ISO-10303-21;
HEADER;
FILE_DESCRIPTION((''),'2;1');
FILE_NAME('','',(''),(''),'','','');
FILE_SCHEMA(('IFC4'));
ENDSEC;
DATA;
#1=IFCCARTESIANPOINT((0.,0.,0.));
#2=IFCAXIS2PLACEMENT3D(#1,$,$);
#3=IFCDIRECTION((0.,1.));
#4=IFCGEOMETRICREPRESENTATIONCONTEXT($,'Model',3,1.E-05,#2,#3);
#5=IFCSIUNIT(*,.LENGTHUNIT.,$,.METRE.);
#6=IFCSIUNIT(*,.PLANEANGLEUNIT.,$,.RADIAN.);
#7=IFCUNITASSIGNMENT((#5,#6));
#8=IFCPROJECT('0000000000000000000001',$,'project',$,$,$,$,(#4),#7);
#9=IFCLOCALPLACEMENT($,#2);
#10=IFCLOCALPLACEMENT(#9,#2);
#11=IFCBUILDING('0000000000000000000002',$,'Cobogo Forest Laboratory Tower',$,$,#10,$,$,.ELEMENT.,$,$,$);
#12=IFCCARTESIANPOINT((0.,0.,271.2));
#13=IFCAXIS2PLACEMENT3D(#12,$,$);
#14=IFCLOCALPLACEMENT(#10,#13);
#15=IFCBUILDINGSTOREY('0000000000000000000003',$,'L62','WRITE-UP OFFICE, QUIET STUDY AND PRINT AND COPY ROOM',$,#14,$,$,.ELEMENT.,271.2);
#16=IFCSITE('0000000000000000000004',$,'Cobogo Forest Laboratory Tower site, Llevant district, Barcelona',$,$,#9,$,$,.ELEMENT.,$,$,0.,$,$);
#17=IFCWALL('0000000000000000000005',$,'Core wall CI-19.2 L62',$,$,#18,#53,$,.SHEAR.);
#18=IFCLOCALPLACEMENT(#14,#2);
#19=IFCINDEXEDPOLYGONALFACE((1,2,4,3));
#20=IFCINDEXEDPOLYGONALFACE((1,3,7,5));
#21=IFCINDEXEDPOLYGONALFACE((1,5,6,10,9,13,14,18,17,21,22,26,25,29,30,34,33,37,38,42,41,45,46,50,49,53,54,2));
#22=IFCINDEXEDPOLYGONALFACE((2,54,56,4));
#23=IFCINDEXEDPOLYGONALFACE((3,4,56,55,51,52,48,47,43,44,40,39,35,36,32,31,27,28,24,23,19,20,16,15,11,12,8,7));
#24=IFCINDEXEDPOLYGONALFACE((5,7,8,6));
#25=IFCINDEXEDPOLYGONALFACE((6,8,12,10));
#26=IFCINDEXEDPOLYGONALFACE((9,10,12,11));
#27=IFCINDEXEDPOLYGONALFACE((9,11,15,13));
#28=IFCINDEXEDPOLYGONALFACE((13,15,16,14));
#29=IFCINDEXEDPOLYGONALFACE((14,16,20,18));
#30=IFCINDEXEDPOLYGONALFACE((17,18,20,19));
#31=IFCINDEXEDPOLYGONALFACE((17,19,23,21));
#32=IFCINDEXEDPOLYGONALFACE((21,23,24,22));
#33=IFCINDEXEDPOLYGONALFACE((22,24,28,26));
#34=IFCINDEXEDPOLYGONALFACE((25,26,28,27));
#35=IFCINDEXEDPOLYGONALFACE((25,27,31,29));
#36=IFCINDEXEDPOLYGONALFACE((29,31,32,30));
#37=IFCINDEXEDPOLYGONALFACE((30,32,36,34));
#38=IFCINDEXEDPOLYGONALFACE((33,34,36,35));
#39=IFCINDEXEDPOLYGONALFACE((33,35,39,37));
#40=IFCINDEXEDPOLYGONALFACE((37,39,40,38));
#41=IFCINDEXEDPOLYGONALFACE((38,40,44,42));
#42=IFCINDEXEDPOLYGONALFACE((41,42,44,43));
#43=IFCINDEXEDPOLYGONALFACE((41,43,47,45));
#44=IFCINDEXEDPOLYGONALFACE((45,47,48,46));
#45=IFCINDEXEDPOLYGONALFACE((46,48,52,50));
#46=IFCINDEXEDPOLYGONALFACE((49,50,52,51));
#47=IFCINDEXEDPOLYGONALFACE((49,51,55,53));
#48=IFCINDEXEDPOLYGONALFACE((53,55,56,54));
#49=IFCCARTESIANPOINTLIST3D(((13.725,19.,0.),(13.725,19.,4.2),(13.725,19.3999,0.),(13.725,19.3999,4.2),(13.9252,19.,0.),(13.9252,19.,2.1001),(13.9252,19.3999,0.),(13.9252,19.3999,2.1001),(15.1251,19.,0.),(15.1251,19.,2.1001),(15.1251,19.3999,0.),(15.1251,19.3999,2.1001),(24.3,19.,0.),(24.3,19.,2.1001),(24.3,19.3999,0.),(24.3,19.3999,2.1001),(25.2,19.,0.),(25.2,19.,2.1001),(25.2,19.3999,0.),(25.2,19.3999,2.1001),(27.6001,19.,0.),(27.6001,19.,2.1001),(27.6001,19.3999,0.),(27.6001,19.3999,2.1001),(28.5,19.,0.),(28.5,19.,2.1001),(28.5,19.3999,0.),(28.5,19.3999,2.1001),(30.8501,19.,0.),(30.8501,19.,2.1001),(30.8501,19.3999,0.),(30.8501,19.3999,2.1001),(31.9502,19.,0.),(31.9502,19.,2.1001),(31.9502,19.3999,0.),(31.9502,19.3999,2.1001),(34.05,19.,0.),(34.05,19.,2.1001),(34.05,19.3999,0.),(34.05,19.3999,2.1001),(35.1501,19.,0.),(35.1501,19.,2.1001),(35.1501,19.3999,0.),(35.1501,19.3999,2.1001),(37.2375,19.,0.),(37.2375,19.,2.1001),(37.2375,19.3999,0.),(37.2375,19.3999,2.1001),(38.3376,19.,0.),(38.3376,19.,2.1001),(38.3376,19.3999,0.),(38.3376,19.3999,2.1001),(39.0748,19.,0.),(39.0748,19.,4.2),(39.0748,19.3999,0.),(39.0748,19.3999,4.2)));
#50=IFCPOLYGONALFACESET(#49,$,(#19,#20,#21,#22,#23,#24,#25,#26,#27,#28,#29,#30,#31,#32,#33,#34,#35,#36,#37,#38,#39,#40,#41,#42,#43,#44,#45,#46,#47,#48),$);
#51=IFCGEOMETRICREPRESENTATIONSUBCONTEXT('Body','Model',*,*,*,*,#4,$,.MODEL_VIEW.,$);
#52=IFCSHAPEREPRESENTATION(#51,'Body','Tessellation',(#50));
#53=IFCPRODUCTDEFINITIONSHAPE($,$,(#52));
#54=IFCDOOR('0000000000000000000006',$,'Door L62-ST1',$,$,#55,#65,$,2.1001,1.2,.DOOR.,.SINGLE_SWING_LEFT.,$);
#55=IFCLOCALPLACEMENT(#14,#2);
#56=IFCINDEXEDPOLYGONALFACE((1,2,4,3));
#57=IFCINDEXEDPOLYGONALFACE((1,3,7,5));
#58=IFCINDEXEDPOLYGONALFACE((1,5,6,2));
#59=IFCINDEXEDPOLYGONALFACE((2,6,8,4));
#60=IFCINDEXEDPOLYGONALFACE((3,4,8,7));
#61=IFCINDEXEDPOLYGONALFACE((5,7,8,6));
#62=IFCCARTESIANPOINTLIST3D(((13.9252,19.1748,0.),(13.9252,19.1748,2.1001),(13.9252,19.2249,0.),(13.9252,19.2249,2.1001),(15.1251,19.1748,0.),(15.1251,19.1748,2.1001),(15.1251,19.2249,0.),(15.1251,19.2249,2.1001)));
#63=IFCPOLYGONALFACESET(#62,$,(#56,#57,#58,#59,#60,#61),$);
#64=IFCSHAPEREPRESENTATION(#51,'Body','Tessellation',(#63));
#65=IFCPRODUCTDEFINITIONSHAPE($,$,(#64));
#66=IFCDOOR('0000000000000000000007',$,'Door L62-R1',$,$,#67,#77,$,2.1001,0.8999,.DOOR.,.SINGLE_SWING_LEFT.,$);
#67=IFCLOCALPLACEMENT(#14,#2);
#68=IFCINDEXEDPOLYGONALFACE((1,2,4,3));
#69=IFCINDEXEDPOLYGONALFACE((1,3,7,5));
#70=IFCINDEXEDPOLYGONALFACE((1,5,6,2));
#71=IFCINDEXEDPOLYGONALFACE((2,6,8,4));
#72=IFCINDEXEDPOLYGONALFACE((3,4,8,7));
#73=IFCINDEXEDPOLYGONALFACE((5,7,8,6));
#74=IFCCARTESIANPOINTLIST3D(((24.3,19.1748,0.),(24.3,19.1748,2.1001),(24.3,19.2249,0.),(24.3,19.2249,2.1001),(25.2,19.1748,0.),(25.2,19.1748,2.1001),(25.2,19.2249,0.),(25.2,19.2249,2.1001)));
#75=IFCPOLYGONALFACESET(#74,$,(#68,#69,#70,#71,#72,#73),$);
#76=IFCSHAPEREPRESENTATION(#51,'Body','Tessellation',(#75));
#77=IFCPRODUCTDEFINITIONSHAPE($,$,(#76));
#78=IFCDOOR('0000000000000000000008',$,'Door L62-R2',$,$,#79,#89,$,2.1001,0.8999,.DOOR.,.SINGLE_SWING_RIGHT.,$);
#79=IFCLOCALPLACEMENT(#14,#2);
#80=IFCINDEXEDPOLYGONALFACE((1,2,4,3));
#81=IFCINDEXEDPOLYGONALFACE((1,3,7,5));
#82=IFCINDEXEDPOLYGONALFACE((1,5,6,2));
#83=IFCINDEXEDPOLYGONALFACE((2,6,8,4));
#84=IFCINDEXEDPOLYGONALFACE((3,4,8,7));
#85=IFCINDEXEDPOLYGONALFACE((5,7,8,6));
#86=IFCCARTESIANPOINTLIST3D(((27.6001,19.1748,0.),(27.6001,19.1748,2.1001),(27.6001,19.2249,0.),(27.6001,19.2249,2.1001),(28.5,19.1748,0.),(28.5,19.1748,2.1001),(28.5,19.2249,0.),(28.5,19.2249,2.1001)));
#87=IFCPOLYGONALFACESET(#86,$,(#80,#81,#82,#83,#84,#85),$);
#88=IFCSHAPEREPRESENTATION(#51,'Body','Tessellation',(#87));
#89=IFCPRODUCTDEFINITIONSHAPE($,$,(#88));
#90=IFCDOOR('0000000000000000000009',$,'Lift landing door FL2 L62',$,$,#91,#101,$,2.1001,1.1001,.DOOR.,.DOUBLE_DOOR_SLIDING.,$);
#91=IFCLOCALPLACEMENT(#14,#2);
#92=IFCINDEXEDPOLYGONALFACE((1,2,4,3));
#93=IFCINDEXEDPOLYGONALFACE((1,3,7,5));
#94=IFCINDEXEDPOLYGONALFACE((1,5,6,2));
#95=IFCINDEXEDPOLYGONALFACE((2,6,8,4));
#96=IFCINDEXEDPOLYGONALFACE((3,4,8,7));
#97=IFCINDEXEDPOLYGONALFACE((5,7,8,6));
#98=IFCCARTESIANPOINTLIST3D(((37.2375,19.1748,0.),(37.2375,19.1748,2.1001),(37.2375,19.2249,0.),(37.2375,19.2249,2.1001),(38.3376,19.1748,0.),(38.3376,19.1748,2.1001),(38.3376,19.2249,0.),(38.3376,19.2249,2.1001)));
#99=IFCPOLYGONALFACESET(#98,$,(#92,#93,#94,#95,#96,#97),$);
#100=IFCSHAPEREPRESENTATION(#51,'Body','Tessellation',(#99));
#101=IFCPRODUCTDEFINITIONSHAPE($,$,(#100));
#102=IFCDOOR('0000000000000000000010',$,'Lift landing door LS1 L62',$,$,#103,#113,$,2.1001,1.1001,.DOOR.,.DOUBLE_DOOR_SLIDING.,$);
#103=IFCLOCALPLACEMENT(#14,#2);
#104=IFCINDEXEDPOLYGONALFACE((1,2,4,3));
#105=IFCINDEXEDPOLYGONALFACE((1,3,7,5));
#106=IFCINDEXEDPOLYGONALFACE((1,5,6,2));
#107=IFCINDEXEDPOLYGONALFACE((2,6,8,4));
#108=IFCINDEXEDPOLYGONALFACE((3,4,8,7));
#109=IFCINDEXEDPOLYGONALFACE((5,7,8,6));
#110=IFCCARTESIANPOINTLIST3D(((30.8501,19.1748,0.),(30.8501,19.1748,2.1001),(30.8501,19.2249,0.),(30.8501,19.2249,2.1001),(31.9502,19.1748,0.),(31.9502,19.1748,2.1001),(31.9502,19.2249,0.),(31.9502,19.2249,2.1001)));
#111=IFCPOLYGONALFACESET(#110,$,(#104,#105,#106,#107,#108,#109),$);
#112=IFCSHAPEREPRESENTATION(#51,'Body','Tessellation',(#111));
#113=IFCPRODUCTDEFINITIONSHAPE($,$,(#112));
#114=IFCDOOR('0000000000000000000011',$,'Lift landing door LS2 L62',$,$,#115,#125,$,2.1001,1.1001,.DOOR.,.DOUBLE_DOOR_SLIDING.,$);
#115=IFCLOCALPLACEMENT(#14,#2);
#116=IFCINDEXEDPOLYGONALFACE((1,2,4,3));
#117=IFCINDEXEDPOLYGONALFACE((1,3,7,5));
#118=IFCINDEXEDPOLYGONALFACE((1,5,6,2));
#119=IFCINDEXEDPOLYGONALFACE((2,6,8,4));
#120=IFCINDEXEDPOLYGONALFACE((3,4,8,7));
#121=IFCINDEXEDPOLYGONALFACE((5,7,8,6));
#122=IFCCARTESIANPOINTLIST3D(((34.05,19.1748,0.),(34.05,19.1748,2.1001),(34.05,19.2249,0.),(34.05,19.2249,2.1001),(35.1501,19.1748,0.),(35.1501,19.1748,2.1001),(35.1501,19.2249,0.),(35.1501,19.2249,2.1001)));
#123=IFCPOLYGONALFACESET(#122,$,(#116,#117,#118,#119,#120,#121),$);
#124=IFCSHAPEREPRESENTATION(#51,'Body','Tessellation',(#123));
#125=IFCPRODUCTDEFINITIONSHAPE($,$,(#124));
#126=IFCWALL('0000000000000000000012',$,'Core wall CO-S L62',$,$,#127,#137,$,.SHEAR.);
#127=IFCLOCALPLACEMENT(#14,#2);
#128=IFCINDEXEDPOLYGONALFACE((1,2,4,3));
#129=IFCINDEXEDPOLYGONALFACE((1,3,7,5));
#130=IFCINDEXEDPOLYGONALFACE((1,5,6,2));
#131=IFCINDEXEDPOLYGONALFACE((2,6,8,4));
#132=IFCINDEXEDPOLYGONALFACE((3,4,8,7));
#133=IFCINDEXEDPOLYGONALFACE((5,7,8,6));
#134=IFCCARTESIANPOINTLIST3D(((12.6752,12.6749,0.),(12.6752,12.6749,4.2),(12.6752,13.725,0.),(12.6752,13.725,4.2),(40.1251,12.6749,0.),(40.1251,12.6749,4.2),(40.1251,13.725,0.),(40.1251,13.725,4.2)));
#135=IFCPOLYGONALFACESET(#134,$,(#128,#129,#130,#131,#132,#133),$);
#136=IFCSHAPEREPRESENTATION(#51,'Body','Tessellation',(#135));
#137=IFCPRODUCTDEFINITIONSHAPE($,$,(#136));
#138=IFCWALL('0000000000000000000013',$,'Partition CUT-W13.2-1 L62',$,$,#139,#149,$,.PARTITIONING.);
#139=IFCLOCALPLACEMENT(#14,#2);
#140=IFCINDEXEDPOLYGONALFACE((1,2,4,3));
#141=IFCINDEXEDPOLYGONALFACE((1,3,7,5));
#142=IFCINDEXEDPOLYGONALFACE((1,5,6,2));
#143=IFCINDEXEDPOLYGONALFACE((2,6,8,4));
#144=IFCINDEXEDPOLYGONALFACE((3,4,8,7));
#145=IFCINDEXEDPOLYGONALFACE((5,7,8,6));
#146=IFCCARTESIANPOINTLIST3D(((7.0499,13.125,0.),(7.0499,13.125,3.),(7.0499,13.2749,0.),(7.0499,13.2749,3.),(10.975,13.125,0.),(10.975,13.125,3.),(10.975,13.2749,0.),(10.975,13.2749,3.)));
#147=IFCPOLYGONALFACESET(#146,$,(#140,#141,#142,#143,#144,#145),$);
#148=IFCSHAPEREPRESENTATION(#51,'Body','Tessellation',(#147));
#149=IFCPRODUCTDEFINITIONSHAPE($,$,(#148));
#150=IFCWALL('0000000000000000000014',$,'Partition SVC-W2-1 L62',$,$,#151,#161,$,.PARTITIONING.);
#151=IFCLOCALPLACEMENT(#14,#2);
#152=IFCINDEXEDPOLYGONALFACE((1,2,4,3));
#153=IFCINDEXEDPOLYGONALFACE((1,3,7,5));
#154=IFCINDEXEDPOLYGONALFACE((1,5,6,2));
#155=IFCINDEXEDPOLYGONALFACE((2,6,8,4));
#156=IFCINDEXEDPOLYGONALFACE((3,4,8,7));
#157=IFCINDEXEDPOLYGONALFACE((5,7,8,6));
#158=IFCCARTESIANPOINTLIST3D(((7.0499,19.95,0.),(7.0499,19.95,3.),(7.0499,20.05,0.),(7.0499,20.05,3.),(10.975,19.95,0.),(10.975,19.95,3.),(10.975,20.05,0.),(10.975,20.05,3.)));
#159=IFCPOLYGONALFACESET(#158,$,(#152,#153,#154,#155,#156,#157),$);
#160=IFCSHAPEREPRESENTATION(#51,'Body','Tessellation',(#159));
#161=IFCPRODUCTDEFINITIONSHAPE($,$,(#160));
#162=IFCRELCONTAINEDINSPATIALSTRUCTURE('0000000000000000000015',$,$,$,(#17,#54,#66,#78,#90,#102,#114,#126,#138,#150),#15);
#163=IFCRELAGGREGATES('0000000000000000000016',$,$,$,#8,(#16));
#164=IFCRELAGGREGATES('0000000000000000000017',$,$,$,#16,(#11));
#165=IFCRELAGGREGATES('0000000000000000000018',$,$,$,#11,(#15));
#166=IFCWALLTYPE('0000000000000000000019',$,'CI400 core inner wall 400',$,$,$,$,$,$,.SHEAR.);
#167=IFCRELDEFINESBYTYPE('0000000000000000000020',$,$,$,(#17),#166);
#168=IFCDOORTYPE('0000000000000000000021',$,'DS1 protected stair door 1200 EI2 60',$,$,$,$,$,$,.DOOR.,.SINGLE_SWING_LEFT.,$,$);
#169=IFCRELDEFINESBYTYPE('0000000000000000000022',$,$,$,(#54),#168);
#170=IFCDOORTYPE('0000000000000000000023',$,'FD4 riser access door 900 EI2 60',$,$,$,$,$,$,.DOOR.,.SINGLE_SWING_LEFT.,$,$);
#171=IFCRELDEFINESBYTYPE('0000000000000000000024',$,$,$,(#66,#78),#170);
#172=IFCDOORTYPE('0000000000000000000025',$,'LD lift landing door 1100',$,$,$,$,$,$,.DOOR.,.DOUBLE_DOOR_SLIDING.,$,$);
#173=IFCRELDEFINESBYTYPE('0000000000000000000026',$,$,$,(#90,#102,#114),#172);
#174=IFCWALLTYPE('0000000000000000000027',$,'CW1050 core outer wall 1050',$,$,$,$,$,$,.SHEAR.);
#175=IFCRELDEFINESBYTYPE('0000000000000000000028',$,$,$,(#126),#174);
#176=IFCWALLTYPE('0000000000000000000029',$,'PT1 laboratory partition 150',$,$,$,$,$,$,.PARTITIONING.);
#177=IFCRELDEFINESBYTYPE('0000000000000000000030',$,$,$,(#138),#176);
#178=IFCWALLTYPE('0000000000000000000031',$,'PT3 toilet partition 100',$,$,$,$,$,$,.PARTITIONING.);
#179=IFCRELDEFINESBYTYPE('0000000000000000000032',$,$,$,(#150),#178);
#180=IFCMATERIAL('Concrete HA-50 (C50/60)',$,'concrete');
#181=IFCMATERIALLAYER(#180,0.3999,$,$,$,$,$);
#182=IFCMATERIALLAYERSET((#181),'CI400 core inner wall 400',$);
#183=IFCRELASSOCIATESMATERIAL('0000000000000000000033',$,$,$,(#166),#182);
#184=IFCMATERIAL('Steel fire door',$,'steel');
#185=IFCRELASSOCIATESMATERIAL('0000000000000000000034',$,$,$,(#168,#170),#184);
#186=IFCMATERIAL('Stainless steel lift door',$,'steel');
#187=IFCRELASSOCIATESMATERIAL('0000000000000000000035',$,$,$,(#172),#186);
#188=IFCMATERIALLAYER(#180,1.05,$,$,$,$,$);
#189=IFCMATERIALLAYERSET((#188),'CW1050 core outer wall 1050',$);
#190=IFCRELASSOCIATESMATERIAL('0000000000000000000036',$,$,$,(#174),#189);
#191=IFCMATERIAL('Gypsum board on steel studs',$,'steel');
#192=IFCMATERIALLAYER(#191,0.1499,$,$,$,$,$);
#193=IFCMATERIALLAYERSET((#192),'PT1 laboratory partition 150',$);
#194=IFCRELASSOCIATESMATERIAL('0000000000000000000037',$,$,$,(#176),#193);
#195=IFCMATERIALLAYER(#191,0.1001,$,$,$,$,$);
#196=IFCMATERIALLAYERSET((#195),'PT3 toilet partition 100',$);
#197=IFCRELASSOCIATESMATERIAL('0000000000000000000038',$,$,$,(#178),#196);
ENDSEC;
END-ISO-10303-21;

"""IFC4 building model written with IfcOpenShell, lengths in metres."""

from ifc_helpers import new_model, si_unit, direction, frame, frame_2d, origin, place, context, subcontext, project, spatial, rectangle, extrude, material, layer, layer_set, type_object, element, fill, save


model = new_model("IFC4")

# Units and contexts
model_context = context("Model", 3, precision=1e-05, world=origin(), true_north=direction((0.0, 1.0)))
body_context = subcontext(model_context, "Body", "Model", "MODEL_VIEW")
ifc_project = project(units=[si_unit("LENGTHUNIT", "METRE"), si_unit("PLANEANGLEUNIT", "RADIAN")], contexts=[model_context])

# Site, building, storey
site_placement = place(None, origin())
site = spatial("IfcSite", under=ifc_project, at=site_placement, Name="Cobogo Forest Laboratory Tower site, Llevant district, Barcelona", CompositionType="ELEMENT", RefElevation=0.0)
building_placement = place(site_placement, origin())
building = spatial("IfcBuilding", under=site, at=building_placement, Name="Cobogo Forest Laboratory Tower", CompositionType="ELEMENT")
storey_placement = place(building_placement, frame((0.0, 0.0, 271.2)))
storey = spatial("IfcBuildingStorey", under=building, at=storey_placement, Name="L62", Description="WRITE-UP OFFICE, QUIET STUDY AND PRINT AND COPY ROOM", CompositionType="ELEMENT", Elevation=271.2)

# Wall, openings, doors
ifc_material_1 = material(Name="Concrete HA-50 (C50/60)", Category="concrete")
ifc_layer_1 = layer(ifc_material_1, 0.3999)
ifc_layer_set_1 = layer_set([ifc_layer_1], Name="CI400 core inner wall 400")
wall_type_1 = type_object("IfcWallType", Name="CI400 core inner wall 400", PredefinedType="SHEAR", material=ifc_layer_set_1)
ifc_material_2 = material(Name="Steel fire door", Category="steel")
wall_1_placement = place(storey_placement, frame((13.7251, 19.2, 0.0), z_axis=(0.0, 0.0, 1.0), x_axis=(1.0, 0.0, 0.0)))
wall_1 = element("IfcWall", 1, at=wall_1_placement, inside=storey, type_object=wall_type_1, Name="Core wall CI-19.2 L62", PredefinedType="SHEAR", context=body_context, shape_type="SweptSolid", body=[
    extrude(rectangle(XDim=25.3499, YDim=0.3999, at=frame_2d((12.6748, 0.0))), origin(), (0.0, 0.0, 1.0), 4.2),
])
opening_1_placement = place(wall_1_placement, frame((10.575, 0.0, 0.0)))
opening_1 = element("IfcOpeningElement", 2, at=opening_1_placement, cuts=wall_1, PredefinedType="OPENING", context=body_context, shape_type="SweptSolid", body=[
    extrude(rectangle(XDim=0.8999, YDim=2.1001, at=frame_2d((0.45, 1.05))), frame((0.0, 0.21, 0.0), z_axis=(0.0, -1.0, 0.0), x_axis=(1.0, 0.0, 0.0)), (0.0, 0.0, 1.0), 0.4199),
])
opening_2_placement = place(wall_1_placement, frame((13.875, 0.0, 0.0)))
opening_2 = element("IfcOpeningElement", 3, at=opening_2_placement, cuts=wall_1, PredefinedType="OPENING", context=body_context, shape_type="SweptSolid", body=[
    extrude(rectangle(XDim=0.8999, YDim=2.1001, at=frame_2d((0.45, 1.05))), frame((0.0, 0.21, 0.0), z_axis=(0.0, -1.0, 0.0), x_axis=(1.0, 0.0, 0.0)), (0.0, 0.0, 1.0), 0.4199),
])
opening_3_placement = place(wall_1_placement, frame((0.2, 0.0, 0.0)))
opening_3 = element("IfcOpeningElement", 4, at=opening_3_placement, cuts=wall_1, PredefinedType="OPENING", context=body_context, shape_type="SweptSolid", body=[
    extrude(rectangle(XDim=1.2, YDim=2.1001, at=frame_2d((0.6001, 1.05))), frame((0.0, 0.21, 0.0), z_axis=(0.0, -1.0, 0.0), x_axis=(1.0, 0.0, 0.0)), (0.0, 0.0, 1.0), 0.4199),
])
opening_4_placement = place(wall_1_placement, frame((23.5125, 0.0, 0.0)))
opening_4 = element("IfcOpeningElement", 5, at=opening_4_placement, cuts=wall_1, PredefinedType="OPENING", context=body_context, shape_type="SweptSolid", body=[
    extrude(rectangle(XDim=1.1001, YDim=2.1001, at=frame_2d((0.55, 1.05))), frame((0.0, 0.21, 0.0), z_axis=(0.0, -1.0, 0.0), x_axis=(1.0, 0.0, 0.0)), (0.0, 0.0, 1.0), 0.4199),
])
opening_5_placement = place(wall_1_placement, frame((17.125, 0.0, 0.0)))
opening_5 = element("IfcOpeningElement", 6, at=opening_5_placement, cuts=wall_1, PredefinedType="OPENING", context=body_context, shape_type="SweptSolid", body=[
    extrude(rectangle(XDim=1.1001, YDim=2.1001, at=frame_2d((0.55, 1.05))), frame((0.0, 0.21, 0.0), z_axis=(0.0, -1.0, 0.0), x_axis=(1.0, 0.0, 0.0)), (0.0, 0.0, 1.0), 0.4199),
])
opening_6_placement = place(wall_1_placement, frame((20.325, 0.0, 0.0)))
opening_6 = element("IfcOpeningElement", 7, at=opening_6_placement, cuts=wall_1, PredefinedType="OPENING", context=body_context, shape_type="SweptSolid", body=[
    extrude(rectangle(XDim=1.1001, YDim=2.1001, at=frame_2d((0.55, 1.05))), frame((0.0, 0.21, 0.0), z_axis=(0.0, -1.0, 0.0), x_axis=(1.0, 0.0, 0.0)), (0.0, 0.0, 1.0), 0.4199),
])
door_type_1 = type_object("IfcDoorType", Name="DS1 protected stair door 1200 EI2 60", OperationType="SINGLE_SWING_LEFT", PredefinedType="DOOR", material=ifc_material_2)
door_1_placement = place(opening_3_placement, origin())
door_1 = element("IfcDoor", 8, at=door_1_placement, inside=storey, type_object=door_type_1, Name="Door L62-ST1", OperationType="SINGLE_SWING_LEFT", OverallHeight=2.1001, OverallWidth=1.2, PredefinedType="DOOR", context=body_context, shape_type="SweptSolid", body=[
    extrude(rectangle(XDim=1.2, YDim=2.1001, at=frame_2d((0.6001, 1.05))), frame((0.0, 0.0249, 0.0), z_axis=(0.0, -1.0, 0.0), x_axis=(1.0, 0.0, 0.0)), (0.0, 0.0, 1.0), 0.05),
])
fill(opening_3, door_1)
door_type_2 = type_object("IfcDoorType", Name="FD4 riser access door 900 EI2 60", OperationType="SINGLE_SWING_LEFT", PredefinedType="DOOR", material=ifc_material_2)
door_2_placement = place(opening_1_placement, origin())
door_2 = element("IfcDoor", 9, at=door_2_placement, inside=storey, type_object=door_type_2, Name="Door L62-R1", OperationType="SINGLE_SWING_LEFT", OverallHeight=2.1001, OverallWidth=0.8999, PredefinedType="DOOR", context=body_context, shape_type="SweptSolid", body=[
    extrude(rectangle(XDim=0.8999, YDim=2.1001, at=frame_2d((0.45, 1.05))), frame((0.0, 0.0249, 0.0), z_axis=(0.0, -1.0, 0.0), x_axis=(1.0, 0.0, 0.0)), (0.0, 0.0, 1.0), 0.05),
])
fill(opening_1, door_2)
door_3_placement = place(opening_2_placement, origin())
door_3 = element("IfcDoor", 10, at=door_3_placement, inside=storey, type_object=door_type_2, Name="Door L62-R2", OperationType="SINGLE_SWING_RIGHT", OverallHeight=2.1001, OverallWidth=0.8999, PredefinedType="DOOR", context=body_context, shape_type="SweptSolid", body=[
    extrude(rectangle(XDim=0.8999, YDim=2.1001, at=frame_2d((0.45, 1.05))), frame((0.0, 0.0249, 0.0), z_axis=(0.0, -1.0, 0.0), x_axis=(1.0, 0.0, 0.0)), (0.0, 0.0, 1.0), 0.05),
])
fill(opening_2, door_3)
ifc_material_3 = material(Name="Stainless steel lift door", Category="steel")
door_type_3 = type_object("IfcDoorType", Name="LD lift landing door 1100", OperationType="DOUBLE_DOOR_SLIDING", PredefinedType="DOOR", material=ifc_material_3)
door_4_placement = place(opening_4_placement, origin())
door_4 = element("IfcDoor", 11, at=door_4_placement, inside=storey, type_object=door_type_3, Name="Lift landing door FL2 L62", OperationType="DOUBLE_DOOR_SLIDING", OverallHeight=2.1001, OverallWidth=1.1001, PredefinedType="DOOR", context=body_context, shape_type="SweptSolid", body=[
    extrude(rectangle(XDim=1.1001, YDim=2.1001, at=frame_2d((0.55, 1.05))), frame((0.0, 0.0249, 0.0), z_axis=(0.0, -1.0, 0.0), x_axis=(1.0, 0.0, 0.0)), (0.0, 0.0, 1.0), 0.05),
])
fill(opening_4, door_4)
door_5_placement = place(opening_5_placement, origin())
door_5 = element("IfcDoor", 12, at=door_5_placement, inside=storey, type_object=door_type_3, Name="Lift landing door LS1 L62", OperationType="DOUBLE_DOOR_SLIDING", OverallHeight=2.1001, OverallWidth=1.1001, PredefinedType="DOOR", context=body_context, shape_type="SweptSolid", body=[
    extrude(rectangle(XDim=1.1001, YDim=2.1001, at=frame_2d((0.55, 1.05))), frame((0.0, 0.0249, 0.0), z_axis=(0.0, -1.0, 0.0), x_axis=(1.0, 0.0, 0.0)), (0.0, 0.0, 1.0), 0.05),
])
fill(opening_5, door_5)
door_6_placement = place(opening_6_placement, origin())
door_6 = element("IfcDoor", 13, at=door_6_placement, inside=storey, type_object=door_type_3, Name="Lift landing door LS2 L62", OperationType="DOUBLE_DOOR_SLIDING", OverallHeight=2.1001, OverallWidth=1.1001, PredefinedType="DOOR", context=body_context, shape_type="SweptSolid", body=[
    extrude(rectangle(XDim=1.1001, YDim=2.1001, at=frame_2d((0.55, 1.05))), frame((0.0, 0.0249, 0.0), z_axis=(0.0, -1.0, 0.0), x_axis=(1.0, 0.0, 0.0)), (0.0, 0.0, 1.0), 0.05),
])
fill(opening_6, door_6)

# Walls
ifc_layer_2 = layer(ifc_material_1, 1.05)
ifc_layer_set_2 = layer_set([ifc_layer_2], Name="CW1050 core outer wall 1050")
wall_type_2 = type_object("IfcWallType", Name="CW1050 core outer wall 1050", PredefinedType="SHEAR", material=ifc_layer_set_2)
wall_2_placement = place(storey_placement, frame((12.675, 13.2, 0.0), z_axis=(0.0, 0.0, 1.0), x_axis=(1.0, 0.0, 0.0)))
element("IfcWall", 14, at=wall_2_placement, inside=storey, type_object=wall_type_2, Name="Core wall CO-S L62", PredefinedType="SHEAR", context=body_context, shape_type="SweptSolid", body=[
    extrude(rectangle(XDim=27.45, YDim=1.05, at=frame_2d((13.7251, 0.0))), origin(), (0.0, 0.0, 1.0), 4.2),
])
ifc_material_4 = material(Name="Gypsum board on steel studs", Category="steel")
ifc_layer_3 = layer(ifc_material_4, 0.1499)
ifc_layer_set_3 = layer_set([ifc_layer_3], Name="PT1 laboratory partition 150")
wall_type_3 = type_object("IfcWallType", Name="PT1 laboratory partition 150", PredefinedType="PARTITIONING", material=ifc_layer_set_3)
wall_3_placement = place(storey_placement, frame((7.05, 13.2, 0.0), z_axis=(0.0, 0.0, 1.0), x_axis=(1.0, 0.0, 0.0)))
element("IfcWall", 15, at=wall_3_placement, inside=storey, type_object=wall_type_3, Name="Partition CUT-W13.2-1 L62", PredefinedType="PARTITIONING", context=body_context, shape_type="SweptSolid", body=[
    extrude(rectangle(XDim=3.925, YDim=0.1499, at=frame_2d((1.9624, 0.0))), origin(), (0.0, 0.0, 1.0), 3.0),
])
ifc_layer_4 = layer(ifc_material_4, 0.1001)
ifc_layer_set_4 = layer_set([ifc_layer_4], Name="PT3 toilet partition 100")
wall_type_4 = type_object("IfcWallType", Name="PT3 toilet partition 100", PredefinedType="PARTITIONING", material=ifc_layer_set_4)
wall_4_placement = place(storey_placement, frame((7.05, 20.0, 0.0), z_axis=(0.0, 0.0, 1.0), x_axis=(1.0, 0.0, 0.0)))
element("IfcWall", 16, at=wall_4_placement, inside=storey, type_object=wall_type_4, Name="Partition SVC-W2-1 L62", PredefinedType="PARTITIONING", context=body_context, shape_type="SweptSolid", body=[
    extrude(rectangle(XDim=3.925, YDim=0.1001, at=frame_2d((1.9624, 0.0))), origin(), (0.0, 0.0, 1.0), 3.0),
])

save(model, "model.ifc")
